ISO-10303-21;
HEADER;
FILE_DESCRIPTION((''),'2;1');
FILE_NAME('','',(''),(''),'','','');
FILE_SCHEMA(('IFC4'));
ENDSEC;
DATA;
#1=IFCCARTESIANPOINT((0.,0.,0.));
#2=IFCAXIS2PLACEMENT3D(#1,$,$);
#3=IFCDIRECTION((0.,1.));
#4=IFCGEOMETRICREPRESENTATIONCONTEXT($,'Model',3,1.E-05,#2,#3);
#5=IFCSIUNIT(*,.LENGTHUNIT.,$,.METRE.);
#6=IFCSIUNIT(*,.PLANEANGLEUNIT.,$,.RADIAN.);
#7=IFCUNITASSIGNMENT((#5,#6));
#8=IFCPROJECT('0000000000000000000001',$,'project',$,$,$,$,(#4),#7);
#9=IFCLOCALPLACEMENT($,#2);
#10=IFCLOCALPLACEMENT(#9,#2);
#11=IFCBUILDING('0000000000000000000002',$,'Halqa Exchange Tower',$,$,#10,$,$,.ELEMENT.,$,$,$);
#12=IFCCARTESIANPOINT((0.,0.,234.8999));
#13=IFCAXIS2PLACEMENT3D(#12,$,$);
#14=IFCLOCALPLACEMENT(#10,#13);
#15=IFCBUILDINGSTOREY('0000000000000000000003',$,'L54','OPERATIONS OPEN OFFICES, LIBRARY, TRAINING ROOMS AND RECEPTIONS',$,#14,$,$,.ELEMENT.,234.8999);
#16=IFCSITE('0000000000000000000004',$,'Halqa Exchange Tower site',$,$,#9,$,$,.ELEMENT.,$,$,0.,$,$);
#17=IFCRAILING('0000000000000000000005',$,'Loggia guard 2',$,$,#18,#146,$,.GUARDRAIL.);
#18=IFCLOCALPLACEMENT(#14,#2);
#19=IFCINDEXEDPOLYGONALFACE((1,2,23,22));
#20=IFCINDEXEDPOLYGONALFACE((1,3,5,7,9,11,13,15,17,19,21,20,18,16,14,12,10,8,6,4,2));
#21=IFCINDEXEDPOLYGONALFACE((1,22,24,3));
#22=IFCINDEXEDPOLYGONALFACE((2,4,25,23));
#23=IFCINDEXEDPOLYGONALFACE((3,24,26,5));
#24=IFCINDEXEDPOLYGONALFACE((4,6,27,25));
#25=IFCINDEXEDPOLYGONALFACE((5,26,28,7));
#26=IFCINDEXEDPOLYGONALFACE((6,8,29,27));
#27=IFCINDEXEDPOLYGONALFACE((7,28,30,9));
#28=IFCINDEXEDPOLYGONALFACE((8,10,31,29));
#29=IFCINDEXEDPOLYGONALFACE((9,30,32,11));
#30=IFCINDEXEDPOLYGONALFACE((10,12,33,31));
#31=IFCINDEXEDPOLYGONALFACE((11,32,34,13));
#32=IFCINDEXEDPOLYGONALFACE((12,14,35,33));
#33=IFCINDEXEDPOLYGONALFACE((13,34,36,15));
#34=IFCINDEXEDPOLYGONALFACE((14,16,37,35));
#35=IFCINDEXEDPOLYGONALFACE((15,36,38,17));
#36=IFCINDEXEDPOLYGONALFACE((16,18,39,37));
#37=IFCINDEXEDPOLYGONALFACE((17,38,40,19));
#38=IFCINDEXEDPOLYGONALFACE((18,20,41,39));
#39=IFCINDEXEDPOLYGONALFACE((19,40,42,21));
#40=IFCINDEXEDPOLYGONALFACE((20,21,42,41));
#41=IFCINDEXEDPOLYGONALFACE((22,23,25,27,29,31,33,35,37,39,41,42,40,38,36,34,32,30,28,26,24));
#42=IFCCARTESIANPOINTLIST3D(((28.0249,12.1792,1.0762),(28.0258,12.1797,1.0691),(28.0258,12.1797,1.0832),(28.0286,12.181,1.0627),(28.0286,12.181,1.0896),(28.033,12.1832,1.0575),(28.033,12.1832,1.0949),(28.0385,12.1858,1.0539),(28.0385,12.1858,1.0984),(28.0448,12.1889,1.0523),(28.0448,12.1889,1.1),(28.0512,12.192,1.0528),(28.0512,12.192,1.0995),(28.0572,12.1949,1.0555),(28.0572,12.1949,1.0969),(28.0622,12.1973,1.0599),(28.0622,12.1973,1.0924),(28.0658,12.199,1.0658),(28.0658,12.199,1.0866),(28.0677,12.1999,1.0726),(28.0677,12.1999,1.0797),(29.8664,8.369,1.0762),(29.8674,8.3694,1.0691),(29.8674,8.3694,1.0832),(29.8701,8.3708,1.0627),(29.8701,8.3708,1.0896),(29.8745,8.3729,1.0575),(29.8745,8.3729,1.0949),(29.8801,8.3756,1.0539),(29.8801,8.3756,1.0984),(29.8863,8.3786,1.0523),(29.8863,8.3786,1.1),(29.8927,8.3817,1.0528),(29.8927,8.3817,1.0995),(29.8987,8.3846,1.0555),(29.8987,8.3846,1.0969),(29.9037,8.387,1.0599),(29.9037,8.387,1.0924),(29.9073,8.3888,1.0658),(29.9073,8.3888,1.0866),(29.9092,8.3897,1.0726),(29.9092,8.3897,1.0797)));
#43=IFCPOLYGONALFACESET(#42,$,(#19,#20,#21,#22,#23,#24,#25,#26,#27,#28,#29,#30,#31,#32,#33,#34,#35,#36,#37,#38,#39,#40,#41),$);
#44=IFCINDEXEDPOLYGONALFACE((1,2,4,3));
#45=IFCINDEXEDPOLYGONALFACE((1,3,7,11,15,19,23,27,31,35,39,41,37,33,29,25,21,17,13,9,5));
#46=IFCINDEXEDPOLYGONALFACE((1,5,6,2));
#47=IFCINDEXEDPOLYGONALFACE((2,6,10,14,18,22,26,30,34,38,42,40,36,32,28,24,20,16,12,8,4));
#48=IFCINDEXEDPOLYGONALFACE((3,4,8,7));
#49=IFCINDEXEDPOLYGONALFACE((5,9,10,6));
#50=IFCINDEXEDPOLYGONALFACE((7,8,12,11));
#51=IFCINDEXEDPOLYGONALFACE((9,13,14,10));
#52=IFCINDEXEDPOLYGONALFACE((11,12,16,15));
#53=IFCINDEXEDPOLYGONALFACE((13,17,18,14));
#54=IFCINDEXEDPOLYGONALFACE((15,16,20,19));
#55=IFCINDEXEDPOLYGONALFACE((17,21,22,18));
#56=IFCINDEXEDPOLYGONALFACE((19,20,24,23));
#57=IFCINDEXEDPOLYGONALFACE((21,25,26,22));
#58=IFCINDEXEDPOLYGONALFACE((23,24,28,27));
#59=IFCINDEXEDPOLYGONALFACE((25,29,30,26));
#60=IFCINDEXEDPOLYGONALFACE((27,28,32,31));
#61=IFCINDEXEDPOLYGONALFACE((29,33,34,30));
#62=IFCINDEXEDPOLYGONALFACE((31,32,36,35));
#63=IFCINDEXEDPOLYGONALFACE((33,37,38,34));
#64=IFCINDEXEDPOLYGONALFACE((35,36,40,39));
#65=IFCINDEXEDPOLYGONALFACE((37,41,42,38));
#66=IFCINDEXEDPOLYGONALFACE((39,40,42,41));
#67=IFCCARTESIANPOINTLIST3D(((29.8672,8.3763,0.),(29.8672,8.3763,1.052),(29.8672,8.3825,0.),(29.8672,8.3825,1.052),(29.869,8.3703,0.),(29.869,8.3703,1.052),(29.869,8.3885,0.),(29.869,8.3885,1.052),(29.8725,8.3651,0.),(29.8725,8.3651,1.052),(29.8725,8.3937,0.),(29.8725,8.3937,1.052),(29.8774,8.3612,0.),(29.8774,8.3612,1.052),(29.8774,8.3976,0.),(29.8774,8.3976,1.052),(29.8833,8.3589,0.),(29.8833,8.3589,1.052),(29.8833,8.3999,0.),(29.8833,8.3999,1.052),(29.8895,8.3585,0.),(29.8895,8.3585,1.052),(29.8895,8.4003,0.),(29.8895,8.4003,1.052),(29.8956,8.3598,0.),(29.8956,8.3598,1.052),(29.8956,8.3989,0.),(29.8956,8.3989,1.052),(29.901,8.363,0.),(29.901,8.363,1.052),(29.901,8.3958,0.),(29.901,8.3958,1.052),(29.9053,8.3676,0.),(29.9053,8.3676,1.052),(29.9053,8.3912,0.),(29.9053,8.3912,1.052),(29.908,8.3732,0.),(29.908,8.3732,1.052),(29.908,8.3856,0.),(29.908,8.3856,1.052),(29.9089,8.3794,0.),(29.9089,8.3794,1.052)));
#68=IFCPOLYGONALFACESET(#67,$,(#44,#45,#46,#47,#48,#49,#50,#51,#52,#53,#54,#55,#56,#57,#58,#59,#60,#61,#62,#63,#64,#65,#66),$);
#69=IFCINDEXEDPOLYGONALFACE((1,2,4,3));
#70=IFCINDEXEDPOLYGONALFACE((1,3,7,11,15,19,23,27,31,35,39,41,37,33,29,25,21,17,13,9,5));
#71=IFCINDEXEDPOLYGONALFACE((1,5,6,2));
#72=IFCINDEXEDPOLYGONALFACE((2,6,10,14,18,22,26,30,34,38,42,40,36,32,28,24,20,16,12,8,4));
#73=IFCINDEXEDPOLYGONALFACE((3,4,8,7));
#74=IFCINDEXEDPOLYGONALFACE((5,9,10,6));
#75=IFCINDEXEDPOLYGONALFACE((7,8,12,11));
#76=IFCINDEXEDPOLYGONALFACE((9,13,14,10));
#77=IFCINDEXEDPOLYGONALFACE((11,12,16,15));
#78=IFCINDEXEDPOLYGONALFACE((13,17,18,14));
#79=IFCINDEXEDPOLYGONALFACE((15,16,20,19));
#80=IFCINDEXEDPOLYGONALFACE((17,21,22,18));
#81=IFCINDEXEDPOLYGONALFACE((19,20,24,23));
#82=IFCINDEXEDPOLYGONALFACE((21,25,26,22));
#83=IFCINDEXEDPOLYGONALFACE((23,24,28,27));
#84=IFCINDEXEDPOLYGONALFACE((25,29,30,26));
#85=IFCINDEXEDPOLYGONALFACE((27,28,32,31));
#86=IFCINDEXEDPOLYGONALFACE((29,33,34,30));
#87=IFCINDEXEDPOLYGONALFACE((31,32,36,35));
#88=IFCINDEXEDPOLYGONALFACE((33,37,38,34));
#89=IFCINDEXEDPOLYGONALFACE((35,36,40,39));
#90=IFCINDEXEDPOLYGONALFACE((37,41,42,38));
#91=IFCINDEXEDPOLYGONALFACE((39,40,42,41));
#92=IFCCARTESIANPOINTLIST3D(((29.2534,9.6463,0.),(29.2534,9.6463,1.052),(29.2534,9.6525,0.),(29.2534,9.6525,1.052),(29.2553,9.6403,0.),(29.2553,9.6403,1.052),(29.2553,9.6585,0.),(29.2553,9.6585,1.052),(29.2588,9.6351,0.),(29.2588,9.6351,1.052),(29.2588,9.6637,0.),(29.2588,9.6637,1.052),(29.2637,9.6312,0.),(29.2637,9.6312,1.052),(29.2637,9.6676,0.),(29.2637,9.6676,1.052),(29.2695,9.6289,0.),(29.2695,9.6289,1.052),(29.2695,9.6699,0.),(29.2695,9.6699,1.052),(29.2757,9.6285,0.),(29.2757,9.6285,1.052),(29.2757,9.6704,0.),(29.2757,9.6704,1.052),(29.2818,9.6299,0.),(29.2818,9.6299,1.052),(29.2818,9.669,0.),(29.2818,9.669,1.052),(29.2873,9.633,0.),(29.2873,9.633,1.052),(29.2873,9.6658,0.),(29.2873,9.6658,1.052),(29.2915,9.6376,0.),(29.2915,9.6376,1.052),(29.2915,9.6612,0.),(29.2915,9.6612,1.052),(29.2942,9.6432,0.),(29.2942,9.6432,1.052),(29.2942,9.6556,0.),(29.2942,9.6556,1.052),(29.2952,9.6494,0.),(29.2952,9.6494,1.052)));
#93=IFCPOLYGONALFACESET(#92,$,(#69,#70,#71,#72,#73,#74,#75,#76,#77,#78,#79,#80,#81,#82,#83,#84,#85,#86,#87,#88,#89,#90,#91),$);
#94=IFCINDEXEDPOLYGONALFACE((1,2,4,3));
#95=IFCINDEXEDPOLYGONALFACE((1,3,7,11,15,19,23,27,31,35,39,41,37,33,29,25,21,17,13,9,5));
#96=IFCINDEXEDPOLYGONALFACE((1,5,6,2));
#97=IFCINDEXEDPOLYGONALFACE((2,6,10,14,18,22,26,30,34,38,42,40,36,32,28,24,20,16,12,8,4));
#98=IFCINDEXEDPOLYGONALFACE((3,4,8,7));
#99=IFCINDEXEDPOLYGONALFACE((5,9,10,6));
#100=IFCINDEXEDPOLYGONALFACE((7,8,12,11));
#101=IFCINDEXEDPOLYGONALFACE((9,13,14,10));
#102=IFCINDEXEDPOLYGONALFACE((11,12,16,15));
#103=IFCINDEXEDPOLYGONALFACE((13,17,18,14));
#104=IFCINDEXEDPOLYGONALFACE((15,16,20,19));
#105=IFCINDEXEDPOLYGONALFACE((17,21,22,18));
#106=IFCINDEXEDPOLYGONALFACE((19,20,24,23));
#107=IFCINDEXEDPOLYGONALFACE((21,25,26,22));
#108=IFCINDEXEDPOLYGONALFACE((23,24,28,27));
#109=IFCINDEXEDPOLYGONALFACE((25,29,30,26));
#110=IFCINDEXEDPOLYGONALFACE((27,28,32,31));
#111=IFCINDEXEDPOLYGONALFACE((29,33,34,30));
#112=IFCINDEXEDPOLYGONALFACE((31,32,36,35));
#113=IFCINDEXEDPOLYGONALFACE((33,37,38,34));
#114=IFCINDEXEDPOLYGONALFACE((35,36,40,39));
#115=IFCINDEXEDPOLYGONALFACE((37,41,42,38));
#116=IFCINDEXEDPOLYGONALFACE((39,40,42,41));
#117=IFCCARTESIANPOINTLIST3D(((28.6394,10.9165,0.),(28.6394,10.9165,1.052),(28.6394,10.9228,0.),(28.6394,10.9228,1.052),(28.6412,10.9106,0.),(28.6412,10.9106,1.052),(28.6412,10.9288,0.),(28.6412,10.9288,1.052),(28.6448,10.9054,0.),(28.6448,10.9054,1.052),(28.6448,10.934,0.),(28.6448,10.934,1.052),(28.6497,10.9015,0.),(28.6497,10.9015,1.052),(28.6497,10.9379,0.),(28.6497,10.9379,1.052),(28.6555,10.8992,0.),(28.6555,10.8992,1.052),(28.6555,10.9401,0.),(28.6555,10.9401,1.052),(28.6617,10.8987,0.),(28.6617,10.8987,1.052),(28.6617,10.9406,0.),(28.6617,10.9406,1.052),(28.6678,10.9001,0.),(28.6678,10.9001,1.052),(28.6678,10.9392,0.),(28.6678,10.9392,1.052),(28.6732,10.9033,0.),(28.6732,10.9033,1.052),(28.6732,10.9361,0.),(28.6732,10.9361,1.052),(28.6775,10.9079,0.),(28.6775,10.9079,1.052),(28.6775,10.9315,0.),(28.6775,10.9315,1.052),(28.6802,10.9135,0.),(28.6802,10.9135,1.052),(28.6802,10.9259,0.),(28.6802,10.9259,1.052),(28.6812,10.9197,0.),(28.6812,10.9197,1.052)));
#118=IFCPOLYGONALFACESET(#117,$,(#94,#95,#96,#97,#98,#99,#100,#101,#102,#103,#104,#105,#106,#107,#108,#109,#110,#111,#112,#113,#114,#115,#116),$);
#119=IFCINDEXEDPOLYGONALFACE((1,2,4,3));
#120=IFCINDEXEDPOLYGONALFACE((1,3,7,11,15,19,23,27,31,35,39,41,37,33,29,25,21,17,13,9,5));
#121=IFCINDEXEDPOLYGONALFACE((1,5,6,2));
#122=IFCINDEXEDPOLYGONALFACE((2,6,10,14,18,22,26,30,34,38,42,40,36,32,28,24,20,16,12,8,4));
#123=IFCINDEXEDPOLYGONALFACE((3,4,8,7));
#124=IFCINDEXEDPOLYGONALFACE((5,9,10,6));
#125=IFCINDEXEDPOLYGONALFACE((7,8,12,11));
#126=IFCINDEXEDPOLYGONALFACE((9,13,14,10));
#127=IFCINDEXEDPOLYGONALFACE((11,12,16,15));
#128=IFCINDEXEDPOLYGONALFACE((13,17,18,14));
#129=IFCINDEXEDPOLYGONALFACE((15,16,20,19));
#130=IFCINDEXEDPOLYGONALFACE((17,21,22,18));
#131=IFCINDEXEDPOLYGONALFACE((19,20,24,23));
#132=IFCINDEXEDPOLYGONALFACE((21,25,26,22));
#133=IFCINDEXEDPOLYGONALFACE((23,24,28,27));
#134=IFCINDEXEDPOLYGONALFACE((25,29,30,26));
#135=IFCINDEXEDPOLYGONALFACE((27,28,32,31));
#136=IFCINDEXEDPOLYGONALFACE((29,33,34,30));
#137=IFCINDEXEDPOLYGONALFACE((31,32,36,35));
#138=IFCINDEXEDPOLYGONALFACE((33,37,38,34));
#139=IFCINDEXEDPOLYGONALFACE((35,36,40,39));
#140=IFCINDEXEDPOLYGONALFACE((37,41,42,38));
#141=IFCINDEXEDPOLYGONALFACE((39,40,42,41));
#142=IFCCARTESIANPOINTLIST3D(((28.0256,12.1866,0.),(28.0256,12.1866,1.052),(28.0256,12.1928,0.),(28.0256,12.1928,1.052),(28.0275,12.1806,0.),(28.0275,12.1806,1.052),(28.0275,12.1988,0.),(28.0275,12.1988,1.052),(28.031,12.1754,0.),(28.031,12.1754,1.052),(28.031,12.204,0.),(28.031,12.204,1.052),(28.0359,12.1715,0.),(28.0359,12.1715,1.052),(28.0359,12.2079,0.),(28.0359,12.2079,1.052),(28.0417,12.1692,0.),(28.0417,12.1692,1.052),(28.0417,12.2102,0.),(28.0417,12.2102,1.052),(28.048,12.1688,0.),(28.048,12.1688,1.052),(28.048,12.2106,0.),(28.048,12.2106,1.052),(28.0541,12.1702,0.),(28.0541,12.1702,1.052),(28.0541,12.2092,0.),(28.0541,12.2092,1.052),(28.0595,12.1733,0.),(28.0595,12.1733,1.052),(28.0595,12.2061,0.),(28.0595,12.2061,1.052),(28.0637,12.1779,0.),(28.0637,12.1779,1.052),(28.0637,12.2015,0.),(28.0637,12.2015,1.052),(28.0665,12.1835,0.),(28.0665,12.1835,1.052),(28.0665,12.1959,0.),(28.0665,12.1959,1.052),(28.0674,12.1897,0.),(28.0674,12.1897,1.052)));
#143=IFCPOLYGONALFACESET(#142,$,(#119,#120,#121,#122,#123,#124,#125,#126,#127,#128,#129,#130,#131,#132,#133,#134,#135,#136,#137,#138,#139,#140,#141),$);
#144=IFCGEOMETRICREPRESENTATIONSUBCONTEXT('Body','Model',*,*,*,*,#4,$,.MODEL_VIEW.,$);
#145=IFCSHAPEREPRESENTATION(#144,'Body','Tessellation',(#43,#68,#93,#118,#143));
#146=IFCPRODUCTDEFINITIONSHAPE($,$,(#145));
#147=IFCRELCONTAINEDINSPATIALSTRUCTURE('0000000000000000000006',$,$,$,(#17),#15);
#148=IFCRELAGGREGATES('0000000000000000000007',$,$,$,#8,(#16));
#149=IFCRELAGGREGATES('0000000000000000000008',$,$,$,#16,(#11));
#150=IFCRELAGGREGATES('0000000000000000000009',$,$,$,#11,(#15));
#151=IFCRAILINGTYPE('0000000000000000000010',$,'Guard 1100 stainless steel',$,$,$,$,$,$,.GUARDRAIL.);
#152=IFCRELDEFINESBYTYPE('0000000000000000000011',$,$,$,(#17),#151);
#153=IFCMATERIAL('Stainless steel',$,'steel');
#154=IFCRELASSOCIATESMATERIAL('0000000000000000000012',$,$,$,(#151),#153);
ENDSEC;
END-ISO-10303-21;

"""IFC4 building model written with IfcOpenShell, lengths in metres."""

from ifc_helpers import new_model, si_unit, direction, frame, origin, origin_2d, place, context, subcontext, project, spatial, circle, extrude, material, type_object, element, save


model = new_model("IFC4")

# Units and contexts
model_context = context("Model", 3, precision=1e-05, world=origin(), true_north=direction((0.0, 1.0)))
body_context = subcontext(model_context, "Body", "Model", "MODEL_VIEW")
ifc_project = project(units=[si_unit("LENGTHUNIT", "METRE"), si_unit("PLANEANGLEUNIT", "RADIAN")], contexts=[model_context])

# Site, building, storey
site_placement = place(None, origin())
site = spatial("IfcSite", under=ifc_project, at=site_placement, Name="Halqa Exchange Tower site", CompositionType="ELEMENT", RefElevation=0.0)
building_placement = place(site_placement, origin())
building = spatial("IfcBuilding", under=site, at=building_placement, Name="Halqa Exchange Tower", CompositionType="ELEMENT")
storey_placement = place(building_placement, frame((0.0, 0.0, 234.8999)))
storey = spatial("IfcBuildingStorey", under=building, at=storey_placement, Name="L54", Description="OPERATIONS OPEN OFFICES, LIBRARY, TRAINING ROOMS AND RECEPTIONS", CompositionType="ELEMENT", Elevation=234.8999)

# Railing
ifc_material_1 = material(Name="Stainless steel", Category="steel")
railing_type = type_object("IfcRailingType", Name="Guard 1100 stainless steel", PredefinedType="GUARDRAIL", material=ifc_material_1)
railing_1_placement = place(storey_placement, frame((29.8879, 8.3794, 0.0)))
element("IfcRailing", 1, at=railing_1_placement, inside=storey, type_object=railing_type, Name="Loggia guard 2", PredefinedType="GUARDRAIL", context=body_context, shape_type="SweptSolid", body=[
    extrude(circle(Radius=0.0239, at=origin_2d()), frame((0.0, 0.0, 1.0762), z_axis=(-0.435151, 0.900358, 0.0), x_axis=(-0.900358, -0.435151, 0.0)), (0.0, 0.0, 1.0), 4.2319),
    extrude(circle(Radius=0.021, at=origin_2d()), origin(), (0.0, 0.0, 1.0), 1.052),
    extrude(circle(Radius=0.021, at=origin_2d()), frame((-0.6138, 1.27, 0.0)), (0.0, 0.0, 1.0), 1.052),
    extrude(circle(Radius=0.021, at=origin_2d()), frame((-1.2278, 2.5403, 0.0)), (0.0, 0.0, 1.0), 1.052),
    extrude(circle(Radius=0.021, at=origin_2d()), frame((-1.8416, 3.8103, 0.0)), (0.0, 0.0, 1.0), 1.052),
])

save(model, "model.ifc")
